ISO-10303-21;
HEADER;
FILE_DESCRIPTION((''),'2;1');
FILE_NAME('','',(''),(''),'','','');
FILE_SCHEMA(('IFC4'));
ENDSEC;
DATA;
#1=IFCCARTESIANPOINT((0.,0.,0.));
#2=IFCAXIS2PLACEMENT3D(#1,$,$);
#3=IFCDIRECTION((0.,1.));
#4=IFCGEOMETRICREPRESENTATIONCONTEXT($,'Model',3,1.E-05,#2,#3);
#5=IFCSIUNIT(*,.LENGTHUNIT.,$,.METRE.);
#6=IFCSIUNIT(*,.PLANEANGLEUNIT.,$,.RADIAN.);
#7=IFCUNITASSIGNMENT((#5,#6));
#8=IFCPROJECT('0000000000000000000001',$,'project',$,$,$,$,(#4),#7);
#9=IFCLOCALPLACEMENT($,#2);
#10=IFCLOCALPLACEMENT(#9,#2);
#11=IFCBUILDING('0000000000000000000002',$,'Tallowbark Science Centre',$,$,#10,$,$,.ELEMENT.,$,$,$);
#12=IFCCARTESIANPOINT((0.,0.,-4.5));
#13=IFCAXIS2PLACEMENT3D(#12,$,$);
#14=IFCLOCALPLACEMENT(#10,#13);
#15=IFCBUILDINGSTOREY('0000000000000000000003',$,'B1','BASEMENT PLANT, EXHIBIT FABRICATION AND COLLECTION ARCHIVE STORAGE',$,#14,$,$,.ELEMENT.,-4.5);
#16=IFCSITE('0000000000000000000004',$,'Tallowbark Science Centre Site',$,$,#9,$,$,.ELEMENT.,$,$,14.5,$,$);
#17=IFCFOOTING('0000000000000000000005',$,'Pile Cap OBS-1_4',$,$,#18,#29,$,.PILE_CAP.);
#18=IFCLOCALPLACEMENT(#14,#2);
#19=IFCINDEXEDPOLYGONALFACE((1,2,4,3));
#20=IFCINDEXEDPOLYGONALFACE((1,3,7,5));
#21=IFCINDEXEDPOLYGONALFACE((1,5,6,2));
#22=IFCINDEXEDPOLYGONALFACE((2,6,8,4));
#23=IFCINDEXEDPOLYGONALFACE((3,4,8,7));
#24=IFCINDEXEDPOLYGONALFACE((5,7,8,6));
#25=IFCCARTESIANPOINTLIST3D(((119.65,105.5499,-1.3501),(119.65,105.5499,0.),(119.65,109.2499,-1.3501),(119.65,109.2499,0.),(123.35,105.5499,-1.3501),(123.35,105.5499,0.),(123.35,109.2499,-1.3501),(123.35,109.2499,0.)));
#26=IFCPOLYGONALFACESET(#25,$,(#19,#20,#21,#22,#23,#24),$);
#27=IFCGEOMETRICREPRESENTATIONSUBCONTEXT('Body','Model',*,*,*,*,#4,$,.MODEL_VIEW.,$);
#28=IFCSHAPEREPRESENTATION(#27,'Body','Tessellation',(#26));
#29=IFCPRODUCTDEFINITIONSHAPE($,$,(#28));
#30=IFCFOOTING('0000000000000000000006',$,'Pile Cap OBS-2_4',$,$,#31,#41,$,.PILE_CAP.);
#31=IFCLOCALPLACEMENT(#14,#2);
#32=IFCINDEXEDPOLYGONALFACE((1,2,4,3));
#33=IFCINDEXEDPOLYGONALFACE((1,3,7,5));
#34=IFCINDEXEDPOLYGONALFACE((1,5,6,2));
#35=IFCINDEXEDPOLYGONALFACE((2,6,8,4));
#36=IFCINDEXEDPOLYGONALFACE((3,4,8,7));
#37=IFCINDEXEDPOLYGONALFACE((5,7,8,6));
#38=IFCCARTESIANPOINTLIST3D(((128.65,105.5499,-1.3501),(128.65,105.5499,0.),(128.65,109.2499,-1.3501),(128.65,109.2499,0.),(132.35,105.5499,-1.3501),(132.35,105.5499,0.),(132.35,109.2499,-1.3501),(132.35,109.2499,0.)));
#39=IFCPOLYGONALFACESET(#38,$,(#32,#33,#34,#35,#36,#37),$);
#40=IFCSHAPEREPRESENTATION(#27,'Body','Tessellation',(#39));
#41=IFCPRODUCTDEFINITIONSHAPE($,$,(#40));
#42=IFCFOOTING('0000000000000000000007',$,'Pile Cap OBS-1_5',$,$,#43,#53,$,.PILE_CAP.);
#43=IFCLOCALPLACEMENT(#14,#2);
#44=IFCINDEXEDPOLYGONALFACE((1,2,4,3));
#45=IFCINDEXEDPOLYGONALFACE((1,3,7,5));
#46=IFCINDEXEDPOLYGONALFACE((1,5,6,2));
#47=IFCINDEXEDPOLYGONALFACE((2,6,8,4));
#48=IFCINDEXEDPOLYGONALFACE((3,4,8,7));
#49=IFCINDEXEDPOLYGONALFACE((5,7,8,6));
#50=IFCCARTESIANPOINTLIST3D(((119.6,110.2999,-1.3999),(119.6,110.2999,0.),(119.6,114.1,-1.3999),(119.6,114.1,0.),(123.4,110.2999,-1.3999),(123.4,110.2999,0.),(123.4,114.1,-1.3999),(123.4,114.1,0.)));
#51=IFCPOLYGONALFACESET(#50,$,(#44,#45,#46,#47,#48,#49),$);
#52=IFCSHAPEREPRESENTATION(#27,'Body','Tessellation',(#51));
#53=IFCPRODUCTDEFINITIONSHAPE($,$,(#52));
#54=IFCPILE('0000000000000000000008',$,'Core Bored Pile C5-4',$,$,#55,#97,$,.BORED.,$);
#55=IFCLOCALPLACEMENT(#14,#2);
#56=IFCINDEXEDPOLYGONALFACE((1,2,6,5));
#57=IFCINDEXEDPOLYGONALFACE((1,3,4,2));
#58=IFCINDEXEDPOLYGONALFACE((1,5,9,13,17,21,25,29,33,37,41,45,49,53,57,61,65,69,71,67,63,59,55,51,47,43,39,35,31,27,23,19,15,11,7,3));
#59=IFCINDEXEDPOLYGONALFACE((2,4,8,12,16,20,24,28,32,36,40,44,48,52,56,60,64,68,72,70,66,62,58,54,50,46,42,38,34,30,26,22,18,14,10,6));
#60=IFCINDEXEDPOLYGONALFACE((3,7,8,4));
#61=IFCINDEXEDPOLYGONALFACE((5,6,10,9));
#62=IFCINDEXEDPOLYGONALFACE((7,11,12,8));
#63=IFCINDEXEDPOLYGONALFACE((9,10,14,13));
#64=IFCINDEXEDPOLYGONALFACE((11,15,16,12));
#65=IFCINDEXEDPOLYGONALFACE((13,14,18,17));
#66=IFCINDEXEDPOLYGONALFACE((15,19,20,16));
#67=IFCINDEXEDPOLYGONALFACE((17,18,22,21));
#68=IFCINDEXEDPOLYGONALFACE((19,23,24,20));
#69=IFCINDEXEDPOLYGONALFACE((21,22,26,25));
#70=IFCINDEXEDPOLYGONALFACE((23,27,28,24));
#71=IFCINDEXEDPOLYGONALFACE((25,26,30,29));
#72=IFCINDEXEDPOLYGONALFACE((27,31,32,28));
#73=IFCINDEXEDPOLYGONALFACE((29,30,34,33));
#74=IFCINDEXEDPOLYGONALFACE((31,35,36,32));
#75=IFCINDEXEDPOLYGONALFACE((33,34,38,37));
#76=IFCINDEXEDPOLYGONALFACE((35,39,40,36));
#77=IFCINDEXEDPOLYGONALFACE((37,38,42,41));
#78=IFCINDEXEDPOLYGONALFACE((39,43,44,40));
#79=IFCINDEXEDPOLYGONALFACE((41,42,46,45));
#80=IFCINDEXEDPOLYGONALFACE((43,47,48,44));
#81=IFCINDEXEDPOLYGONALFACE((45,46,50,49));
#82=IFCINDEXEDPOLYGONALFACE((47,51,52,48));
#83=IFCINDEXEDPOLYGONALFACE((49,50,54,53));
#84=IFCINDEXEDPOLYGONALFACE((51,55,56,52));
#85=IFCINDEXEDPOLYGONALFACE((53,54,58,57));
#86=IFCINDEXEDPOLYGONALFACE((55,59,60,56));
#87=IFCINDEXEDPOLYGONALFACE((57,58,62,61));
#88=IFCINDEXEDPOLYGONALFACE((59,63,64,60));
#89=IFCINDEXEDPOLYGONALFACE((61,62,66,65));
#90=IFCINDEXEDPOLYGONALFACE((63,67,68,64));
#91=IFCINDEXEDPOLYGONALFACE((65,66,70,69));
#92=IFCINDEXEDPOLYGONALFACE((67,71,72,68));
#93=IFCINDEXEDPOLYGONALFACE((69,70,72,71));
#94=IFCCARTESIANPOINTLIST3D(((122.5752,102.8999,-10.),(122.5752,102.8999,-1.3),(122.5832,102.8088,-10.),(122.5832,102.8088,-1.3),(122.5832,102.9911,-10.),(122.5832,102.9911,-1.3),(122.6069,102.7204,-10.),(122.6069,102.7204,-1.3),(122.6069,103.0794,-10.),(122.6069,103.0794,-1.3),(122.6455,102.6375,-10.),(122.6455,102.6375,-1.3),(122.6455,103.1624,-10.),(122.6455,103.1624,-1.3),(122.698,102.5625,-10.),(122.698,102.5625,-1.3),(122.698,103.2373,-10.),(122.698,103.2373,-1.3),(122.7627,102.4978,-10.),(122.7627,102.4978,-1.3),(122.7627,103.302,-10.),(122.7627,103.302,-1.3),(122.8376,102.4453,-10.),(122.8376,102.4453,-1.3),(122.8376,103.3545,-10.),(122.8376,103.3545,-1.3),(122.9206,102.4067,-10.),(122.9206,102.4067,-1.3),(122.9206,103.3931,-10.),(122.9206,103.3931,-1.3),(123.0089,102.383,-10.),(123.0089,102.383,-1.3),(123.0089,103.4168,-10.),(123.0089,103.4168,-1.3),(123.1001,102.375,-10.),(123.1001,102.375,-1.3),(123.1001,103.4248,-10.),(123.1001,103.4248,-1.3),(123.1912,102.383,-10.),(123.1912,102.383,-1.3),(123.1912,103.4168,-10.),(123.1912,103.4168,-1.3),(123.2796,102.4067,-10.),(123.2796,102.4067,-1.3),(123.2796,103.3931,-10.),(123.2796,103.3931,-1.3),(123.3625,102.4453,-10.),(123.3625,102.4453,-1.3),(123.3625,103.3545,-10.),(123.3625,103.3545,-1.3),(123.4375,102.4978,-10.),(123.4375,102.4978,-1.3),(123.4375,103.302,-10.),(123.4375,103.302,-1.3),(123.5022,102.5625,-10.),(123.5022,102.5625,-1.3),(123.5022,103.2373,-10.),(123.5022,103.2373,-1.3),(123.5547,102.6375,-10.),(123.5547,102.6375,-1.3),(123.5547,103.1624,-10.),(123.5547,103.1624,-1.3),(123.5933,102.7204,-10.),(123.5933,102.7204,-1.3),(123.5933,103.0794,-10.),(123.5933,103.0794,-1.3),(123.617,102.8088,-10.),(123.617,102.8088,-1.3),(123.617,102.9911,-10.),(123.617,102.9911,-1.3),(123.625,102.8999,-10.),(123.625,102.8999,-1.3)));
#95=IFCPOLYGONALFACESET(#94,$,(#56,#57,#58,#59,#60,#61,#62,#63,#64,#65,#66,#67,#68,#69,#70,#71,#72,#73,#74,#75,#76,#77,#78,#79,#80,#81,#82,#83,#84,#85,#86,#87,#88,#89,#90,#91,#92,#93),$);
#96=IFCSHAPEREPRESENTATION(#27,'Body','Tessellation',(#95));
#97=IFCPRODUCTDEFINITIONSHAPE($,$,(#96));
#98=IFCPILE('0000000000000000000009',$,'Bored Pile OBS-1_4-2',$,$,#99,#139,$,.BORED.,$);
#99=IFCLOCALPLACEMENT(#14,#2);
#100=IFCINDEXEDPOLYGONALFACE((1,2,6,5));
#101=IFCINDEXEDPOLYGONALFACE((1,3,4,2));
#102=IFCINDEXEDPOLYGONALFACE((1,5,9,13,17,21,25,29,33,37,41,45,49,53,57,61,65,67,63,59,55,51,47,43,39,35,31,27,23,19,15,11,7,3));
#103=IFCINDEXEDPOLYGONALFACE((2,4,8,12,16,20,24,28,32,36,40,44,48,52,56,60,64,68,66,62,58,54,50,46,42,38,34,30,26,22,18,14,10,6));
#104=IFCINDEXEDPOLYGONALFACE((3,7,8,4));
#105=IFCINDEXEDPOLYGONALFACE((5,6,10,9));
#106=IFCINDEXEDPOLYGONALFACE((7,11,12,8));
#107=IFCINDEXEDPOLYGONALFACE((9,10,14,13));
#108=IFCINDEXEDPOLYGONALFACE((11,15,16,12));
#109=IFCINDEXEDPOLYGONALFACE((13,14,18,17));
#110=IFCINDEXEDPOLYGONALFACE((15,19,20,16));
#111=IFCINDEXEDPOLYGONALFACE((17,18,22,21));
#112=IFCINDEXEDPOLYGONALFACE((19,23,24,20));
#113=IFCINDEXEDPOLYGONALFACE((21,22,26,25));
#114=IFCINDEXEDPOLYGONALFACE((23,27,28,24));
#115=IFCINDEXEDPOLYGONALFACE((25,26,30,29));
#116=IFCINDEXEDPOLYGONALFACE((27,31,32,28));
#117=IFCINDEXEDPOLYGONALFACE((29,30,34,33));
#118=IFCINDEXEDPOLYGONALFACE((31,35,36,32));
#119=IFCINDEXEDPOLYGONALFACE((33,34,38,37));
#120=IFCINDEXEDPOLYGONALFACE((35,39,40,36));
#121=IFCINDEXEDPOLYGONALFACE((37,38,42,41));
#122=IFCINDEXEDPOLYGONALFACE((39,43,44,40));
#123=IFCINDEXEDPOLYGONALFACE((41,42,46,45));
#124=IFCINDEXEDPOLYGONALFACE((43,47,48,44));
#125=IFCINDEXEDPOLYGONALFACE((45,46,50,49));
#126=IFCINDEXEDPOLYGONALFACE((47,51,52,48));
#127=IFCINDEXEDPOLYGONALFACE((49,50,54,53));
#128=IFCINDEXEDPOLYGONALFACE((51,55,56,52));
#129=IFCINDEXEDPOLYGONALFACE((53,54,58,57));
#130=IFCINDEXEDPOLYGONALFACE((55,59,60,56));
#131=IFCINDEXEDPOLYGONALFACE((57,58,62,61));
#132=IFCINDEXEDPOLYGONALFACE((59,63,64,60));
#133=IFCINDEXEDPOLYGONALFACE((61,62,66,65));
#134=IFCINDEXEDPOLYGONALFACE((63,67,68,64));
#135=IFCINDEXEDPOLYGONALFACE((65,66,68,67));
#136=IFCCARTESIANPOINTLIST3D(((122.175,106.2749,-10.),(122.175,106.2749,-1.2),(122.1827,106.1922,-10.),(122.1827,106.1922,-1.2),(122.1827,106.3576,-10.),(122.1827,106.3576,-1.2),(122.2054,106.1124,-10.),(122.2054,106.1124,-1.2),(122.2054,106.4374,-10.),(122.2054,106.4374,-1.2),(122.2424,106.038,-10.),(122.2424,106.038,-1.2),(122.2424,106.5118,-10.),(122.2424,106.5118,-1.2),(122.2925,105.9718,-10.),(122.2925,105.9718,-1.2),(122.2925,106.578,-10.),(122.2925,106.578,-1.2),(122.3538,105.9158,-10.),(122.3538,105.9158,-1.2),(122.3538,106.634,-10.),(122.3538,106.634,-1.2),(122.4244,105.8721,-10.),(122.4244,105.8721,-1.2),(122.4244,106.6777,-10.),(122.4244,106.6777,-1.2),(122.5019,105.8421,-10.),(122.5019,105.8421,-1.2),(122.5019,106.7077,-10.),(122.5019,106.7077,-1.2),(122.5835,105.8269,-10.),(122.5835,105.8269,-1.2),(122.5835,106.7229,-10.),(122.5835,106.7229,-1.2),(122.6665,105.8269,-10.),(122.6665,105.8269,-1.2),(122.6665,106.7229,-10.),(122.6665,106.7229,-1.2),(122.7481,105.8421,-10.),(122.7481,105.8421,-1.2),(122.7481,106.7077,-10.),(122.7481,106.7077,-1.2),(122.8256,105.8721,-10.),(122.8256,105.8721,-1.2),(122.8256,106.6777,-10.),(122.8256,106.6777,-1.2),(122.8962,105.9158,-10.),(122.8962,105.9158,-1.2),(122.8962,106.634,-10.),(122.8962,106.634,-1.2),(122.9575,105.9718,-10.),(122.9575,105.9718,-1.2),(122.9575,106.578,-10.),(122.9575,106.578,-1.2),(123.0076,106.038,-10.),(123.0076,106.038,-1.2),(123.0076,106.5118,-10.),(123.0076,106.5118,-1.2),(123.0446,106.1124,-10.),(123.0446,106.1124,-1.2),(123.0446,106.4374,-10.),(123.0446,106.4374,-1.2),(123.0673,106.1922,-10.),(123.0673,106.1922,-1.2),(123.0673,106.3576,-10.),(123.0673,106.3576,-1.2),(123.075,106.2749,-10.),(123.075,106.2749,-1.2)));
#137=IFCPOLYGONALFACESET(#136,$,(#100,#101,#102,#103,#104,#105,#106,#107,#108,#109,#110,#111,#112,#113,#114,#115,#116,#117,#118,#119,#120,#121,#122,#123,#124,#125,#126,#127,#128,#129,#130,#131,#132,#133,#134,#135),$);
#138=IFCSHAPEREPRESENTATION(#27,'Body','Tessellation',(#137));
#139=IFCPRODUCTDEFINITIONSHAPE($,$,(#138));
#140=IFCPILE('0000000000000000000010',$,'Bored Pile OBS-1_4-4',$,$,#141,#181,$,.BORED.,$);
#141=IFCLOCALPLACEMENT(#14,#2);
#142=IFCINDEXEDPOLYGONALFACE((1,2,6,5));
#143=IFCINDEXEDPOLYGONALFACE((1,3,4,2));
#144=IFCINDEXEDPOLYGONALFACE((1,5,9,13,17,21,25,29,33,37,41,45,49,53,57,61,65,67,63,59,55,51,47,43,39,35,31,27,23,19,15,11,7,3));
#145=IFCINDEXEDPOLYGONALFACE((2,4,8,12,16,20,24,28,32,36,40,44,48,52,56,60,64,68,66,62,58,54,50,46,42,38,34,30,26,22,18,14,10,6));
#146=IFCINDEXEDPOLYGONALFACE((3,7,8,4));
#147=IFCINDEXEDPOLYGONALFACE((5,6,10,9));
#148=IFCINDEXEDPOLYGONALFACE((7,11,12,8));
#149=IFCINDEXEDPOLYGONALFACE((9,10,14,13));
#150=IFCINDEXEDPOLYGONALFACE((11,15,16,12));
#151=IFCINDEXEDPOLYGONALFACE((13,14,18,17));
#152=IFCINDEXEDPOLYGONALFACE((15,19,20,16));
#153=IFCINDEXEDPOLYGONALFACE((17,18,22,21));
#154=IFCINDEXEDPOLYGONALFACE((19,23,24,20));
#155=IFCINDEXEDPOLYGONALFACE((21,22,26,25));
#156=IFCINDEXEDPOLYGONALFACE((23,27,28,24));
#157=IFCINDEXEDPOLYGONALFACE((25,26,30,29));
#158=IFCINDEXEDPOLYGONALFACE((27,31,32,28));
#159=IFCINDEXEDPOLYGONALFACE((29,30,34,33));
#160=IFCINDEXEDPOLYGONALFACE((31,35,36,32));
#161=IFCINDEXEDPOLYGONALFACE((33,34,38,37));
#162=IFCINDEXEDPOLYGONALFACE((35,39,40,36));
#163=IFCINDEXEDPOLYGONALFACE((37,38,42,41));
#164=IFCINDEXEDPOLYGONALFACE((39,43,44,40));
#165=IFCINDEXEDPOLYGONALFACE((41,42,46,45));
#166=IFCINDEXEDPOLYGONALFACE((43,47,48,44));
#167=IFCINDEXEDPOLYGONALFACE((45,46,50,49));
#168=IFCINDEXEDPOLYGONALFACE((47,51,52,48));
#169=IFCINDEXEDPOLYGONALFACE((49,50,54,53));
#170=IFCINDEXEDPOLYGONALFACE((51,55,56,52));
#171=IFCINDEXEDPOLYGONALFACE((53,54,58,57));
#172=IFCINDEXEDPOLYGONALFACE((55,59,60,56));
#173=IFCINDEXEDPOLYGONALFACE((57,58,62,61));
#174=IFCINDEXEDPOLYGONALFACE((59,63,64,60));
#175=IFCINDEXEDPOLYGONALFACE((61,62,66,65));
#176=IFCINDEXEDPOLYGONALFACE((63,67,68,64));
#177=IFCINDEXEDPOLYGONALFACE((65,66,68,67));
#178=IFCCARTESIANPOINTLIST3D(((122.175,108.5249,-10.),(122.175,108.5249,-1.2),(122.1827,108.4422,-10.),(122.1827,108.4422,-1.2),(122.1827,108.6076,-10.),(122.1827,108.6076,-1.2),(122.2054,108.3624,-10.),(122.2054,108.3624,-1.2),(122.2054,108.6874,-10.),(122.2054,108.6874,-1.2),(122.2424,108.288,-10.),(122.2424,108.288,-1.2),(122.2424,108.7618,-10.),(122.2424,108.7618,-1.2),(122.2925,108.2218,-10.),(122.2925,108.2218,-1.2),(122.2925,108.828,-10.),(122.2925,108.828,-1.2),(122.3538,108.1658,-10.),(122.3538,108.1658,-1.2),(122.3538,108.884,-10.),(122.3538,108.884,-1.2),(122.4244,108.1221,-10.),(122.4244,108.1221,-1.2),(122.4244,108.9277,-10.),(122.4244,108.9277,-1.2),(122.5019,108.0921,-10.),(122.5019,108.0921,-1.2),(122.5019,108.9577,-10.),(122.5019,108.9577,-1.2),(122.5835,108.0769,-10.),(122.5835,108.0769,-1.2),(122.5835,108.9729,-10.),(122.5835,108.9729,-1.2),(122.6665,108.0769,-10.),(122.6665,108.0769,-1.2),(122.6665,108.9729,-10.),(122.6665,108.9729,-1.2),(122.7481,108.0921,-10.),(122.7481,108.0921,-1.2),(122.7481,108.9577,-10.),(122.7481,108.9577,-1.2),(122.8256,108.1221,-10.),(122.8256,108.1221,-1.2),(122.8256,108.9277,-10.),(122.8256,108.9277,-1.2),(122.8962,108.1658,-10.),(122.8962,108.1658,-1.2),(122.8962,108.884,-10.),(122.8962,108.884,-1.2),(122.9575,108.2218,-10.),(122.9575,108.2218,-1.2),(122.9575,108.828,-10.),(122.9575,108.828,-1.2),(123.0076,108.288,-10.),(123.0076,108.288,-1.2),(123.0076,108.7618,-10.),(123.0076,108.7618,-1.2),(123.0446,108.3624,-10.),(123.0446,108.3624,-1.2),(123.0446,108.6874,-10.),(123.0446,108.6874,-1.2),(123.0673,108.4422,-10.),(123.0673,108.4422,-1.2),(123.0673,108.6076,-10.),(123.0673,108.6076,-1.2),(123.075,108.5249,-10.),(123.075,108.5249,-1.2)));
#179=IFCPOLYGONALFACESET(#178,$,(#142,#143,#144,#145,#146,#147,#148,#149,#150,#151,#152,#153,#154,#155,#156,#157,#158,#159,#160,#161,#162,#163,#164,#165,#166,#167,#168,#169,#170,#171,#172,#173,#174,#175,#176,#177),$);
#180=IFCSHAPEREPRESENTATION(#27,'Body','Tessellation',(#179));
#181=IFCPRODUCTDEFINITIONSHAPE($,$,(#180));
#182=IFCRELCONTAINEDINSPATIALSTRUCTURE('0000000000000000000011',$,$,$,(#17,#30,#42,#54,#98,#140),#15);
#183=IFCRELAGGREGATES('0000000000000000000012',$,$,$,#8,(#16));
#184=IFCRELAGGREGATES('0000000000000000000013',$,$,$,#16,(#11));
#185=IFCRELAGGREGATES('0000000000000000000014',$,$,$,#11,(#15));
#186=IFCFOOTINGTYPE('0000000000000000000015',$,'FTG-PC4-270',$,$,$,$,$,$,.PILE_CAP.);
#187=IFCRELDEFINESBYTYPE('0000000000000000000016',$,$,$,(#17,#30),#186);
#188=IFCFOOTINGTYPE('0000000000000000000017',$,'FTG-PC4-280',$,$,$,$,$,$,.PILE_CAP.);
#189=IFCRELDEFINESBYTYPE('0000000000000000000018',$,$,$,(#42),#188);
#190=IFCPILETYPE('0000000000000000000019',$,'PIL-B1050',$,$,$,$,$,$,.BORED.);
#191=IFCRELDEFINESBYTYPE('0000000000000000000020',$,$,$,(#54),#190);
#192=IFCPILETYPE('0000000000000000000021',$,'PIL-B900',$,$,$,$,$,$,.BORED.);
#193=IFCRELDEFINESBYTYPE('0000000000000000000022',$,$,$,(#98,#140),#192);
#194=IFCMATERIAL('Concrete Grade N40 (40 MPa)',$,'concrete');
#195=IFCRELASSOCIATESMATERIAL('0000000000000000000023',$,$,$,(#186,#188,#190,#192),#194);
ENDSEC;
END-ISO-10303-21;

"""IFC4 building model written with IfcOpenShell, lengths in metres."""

from ifc_helpers import new_model, si_unit, direction, frame, origin, origin_2d, place, context, subcontext, project, spatial, rectangle, circle, extrude, material, material_profile, profile_set, type_object, element, save


model = new_model("IFC4")

# Units and contexts
model_context = context("Model", 3, precision=1e-05, world=origin(), true_north=direction((0.0, 1.0)))
body_context = subcontext(model_context, "Body", "Model", "MODEL_VIEW")
ifc_project = project(units=[si_unit("LENGTHUNIT", "METRE"), si_unit("PLANEANGLEUNIT", "RADIAN")], contexts=[model_context])

# Site, building, storey
site_placement = place(None, origin())
site = spatial("IfcSite", under=ifc_project, at=site_placement, Name="Tallowbark Science Centre Site", CompositionType="ELEMENT", RefElevation=14.5)
building_placement = place(site_placement, origin())
building = spatial("IfcBuilding", under=site, at=building_placement, Name="Tallowbark Science Centre", CompositionType="ELEMENT")
storey_placement = place(building_placement, frame((0.0, 0.0, -4.5)))
storey = spatial("IfcBuildingStorey", under=building, at=storey_placement, Name="B1", Description="BASEMENT PLANT, EXHIBIT FABRICATION AND COLLECTION ARCHIVE STORAGE", CompositionType="ELEMENT", Elevation=-4.5)

# Footings
ifc_material_1 = material(Name="Concrete Grade N40 (40 MPa)", Category="concrete")
footing_type_1 = type_object("IfcFootingType", Name="FTG-PC4-270", PredefinedType="PILE_CAP", material=ifc_material_1)
for number, where, z_axis, x_axis, name in (
    (1, (121.5, 107.3999, -1.3501), (0.0, 0.0, 1.0), (1.0, 0.0, 0.0), "Pile Cap OBS-1_4"),
    (2, (130.5, 107.3999, -1.3501), (0.0, 0.0, 1.0), (1.0, 0.0, 0.0), "Pile Cap OBS-2_4"),
):
    element("IfcFooting", number, at=place(storey_placement, frame(where, z_axis=z_axis, x_axis=x_axis)), inside=storey, type_object=footing_type_1, Name=name, PredefinedType="PILE_CAP", context=body_context, shape_type="SweptSolid", body=[
        extrude(rectangle(XDim=3.7, YDim=3.7, at=origin_2d()), origin(), (0.0, 0.0, 1.0), 1.3501),
    ])
footing_type_2 = type_object("IfcFootingType", Name="FTG-PC4-280", PredefinedType="PILE_CAP", material=ifc_material_1)
footing_placement = place(storey_placement, frame((121.5, 112.2, -1.3999), z_axis=(0.0, 0.0, 1.0), x_axis=(1.0, 0.0, 0.0)))
element("IfcFooting", 3, at=footing_placement, inside=storey, type_object=footing_type_2, Name="Pile Cap OBS-1_5", PredefinedType="PILE_CAP", context=body_context, shape_type="SweptSolid", body=[
    extrude(rectangle(XDim=3.8, YDim=3.8, at=origin_2d()), origin(), (0.0, 0.0, 1.0), 1.3999),
])

# Piles
ifc_material_profile_1 = material_profile(ifc_material_1, circle(Radius=0.5249, at=origin_2d()), Name="PILE1050")
ifc_profile_set_1 = profile_set([ifc_material_profile_1], Name="Concrete Grade N40 (40 MPa)")
pile_type_1 = type_object("IfcPileType", Name="PIL-B1050", PredefinedType="BORED", material=ifc_profile_set_1)
pile_placement = place(storey_placement, frame((123.1001, 102.8999, -1.3), z_axis=(0.0, 0.0, -1.0), x_axis=(1.0, 0.0, 0.0)))
element("IfcPile", 4, at=pile_placement, inside=storey, type_object=pile_type_1, Name="Core Bored Pile C5-4", PredefinedType="BORED", context=body_context, shape_type="SweptSolid", body=[
    extrude(circle(Radius=0.5249, at=origin_2d()), origin(), (0.0, 0.0, 1.0), 8.7),
])
ifc_material_profile_2 = material_profile(ifc_material_1, circle(Radius=0.45, at=origin_2d()), Name="PILE900")
ifc_profile_set_2 = profile_set([ifc_material_profile_2], Name="Concrete Grade N40 (40 MPa)")
pile_type_2 = type_object("IfcPileType", Name="PIL-B900", PredefinedType="BORED", material=ifc_profile_set_2)
for number, where, z_axis, x_axis, name in (
    (5, (122.625, 106.2749, -1.2), (0.0, 0.0, -1.0), (1.0, 0.0, 0.0), "Bored Pile OBS-1_4-2"),
    (6, (122.625, 108.5249, -1.2), (0.0, 0.0, -1.0), (1.0, 0.0, 0.0), "Bored Pile OBS-1_4-4"),
):
    element("IfcPile", number, at=place(storey_placement, frame(where, z_axis=z_axis, x_axis=x_axis)), inside=storey, type_object=pile_type_2, Name=name, PredefinedType="BORED", context=body_context, shape_type="SweptSolid", body=[
        extrude(circle(Radius=0.45, at=origin_2d()), origin(), (0.0, 0.0, 1.0), 8.8),
    ])

save(model, "model.ifc")
